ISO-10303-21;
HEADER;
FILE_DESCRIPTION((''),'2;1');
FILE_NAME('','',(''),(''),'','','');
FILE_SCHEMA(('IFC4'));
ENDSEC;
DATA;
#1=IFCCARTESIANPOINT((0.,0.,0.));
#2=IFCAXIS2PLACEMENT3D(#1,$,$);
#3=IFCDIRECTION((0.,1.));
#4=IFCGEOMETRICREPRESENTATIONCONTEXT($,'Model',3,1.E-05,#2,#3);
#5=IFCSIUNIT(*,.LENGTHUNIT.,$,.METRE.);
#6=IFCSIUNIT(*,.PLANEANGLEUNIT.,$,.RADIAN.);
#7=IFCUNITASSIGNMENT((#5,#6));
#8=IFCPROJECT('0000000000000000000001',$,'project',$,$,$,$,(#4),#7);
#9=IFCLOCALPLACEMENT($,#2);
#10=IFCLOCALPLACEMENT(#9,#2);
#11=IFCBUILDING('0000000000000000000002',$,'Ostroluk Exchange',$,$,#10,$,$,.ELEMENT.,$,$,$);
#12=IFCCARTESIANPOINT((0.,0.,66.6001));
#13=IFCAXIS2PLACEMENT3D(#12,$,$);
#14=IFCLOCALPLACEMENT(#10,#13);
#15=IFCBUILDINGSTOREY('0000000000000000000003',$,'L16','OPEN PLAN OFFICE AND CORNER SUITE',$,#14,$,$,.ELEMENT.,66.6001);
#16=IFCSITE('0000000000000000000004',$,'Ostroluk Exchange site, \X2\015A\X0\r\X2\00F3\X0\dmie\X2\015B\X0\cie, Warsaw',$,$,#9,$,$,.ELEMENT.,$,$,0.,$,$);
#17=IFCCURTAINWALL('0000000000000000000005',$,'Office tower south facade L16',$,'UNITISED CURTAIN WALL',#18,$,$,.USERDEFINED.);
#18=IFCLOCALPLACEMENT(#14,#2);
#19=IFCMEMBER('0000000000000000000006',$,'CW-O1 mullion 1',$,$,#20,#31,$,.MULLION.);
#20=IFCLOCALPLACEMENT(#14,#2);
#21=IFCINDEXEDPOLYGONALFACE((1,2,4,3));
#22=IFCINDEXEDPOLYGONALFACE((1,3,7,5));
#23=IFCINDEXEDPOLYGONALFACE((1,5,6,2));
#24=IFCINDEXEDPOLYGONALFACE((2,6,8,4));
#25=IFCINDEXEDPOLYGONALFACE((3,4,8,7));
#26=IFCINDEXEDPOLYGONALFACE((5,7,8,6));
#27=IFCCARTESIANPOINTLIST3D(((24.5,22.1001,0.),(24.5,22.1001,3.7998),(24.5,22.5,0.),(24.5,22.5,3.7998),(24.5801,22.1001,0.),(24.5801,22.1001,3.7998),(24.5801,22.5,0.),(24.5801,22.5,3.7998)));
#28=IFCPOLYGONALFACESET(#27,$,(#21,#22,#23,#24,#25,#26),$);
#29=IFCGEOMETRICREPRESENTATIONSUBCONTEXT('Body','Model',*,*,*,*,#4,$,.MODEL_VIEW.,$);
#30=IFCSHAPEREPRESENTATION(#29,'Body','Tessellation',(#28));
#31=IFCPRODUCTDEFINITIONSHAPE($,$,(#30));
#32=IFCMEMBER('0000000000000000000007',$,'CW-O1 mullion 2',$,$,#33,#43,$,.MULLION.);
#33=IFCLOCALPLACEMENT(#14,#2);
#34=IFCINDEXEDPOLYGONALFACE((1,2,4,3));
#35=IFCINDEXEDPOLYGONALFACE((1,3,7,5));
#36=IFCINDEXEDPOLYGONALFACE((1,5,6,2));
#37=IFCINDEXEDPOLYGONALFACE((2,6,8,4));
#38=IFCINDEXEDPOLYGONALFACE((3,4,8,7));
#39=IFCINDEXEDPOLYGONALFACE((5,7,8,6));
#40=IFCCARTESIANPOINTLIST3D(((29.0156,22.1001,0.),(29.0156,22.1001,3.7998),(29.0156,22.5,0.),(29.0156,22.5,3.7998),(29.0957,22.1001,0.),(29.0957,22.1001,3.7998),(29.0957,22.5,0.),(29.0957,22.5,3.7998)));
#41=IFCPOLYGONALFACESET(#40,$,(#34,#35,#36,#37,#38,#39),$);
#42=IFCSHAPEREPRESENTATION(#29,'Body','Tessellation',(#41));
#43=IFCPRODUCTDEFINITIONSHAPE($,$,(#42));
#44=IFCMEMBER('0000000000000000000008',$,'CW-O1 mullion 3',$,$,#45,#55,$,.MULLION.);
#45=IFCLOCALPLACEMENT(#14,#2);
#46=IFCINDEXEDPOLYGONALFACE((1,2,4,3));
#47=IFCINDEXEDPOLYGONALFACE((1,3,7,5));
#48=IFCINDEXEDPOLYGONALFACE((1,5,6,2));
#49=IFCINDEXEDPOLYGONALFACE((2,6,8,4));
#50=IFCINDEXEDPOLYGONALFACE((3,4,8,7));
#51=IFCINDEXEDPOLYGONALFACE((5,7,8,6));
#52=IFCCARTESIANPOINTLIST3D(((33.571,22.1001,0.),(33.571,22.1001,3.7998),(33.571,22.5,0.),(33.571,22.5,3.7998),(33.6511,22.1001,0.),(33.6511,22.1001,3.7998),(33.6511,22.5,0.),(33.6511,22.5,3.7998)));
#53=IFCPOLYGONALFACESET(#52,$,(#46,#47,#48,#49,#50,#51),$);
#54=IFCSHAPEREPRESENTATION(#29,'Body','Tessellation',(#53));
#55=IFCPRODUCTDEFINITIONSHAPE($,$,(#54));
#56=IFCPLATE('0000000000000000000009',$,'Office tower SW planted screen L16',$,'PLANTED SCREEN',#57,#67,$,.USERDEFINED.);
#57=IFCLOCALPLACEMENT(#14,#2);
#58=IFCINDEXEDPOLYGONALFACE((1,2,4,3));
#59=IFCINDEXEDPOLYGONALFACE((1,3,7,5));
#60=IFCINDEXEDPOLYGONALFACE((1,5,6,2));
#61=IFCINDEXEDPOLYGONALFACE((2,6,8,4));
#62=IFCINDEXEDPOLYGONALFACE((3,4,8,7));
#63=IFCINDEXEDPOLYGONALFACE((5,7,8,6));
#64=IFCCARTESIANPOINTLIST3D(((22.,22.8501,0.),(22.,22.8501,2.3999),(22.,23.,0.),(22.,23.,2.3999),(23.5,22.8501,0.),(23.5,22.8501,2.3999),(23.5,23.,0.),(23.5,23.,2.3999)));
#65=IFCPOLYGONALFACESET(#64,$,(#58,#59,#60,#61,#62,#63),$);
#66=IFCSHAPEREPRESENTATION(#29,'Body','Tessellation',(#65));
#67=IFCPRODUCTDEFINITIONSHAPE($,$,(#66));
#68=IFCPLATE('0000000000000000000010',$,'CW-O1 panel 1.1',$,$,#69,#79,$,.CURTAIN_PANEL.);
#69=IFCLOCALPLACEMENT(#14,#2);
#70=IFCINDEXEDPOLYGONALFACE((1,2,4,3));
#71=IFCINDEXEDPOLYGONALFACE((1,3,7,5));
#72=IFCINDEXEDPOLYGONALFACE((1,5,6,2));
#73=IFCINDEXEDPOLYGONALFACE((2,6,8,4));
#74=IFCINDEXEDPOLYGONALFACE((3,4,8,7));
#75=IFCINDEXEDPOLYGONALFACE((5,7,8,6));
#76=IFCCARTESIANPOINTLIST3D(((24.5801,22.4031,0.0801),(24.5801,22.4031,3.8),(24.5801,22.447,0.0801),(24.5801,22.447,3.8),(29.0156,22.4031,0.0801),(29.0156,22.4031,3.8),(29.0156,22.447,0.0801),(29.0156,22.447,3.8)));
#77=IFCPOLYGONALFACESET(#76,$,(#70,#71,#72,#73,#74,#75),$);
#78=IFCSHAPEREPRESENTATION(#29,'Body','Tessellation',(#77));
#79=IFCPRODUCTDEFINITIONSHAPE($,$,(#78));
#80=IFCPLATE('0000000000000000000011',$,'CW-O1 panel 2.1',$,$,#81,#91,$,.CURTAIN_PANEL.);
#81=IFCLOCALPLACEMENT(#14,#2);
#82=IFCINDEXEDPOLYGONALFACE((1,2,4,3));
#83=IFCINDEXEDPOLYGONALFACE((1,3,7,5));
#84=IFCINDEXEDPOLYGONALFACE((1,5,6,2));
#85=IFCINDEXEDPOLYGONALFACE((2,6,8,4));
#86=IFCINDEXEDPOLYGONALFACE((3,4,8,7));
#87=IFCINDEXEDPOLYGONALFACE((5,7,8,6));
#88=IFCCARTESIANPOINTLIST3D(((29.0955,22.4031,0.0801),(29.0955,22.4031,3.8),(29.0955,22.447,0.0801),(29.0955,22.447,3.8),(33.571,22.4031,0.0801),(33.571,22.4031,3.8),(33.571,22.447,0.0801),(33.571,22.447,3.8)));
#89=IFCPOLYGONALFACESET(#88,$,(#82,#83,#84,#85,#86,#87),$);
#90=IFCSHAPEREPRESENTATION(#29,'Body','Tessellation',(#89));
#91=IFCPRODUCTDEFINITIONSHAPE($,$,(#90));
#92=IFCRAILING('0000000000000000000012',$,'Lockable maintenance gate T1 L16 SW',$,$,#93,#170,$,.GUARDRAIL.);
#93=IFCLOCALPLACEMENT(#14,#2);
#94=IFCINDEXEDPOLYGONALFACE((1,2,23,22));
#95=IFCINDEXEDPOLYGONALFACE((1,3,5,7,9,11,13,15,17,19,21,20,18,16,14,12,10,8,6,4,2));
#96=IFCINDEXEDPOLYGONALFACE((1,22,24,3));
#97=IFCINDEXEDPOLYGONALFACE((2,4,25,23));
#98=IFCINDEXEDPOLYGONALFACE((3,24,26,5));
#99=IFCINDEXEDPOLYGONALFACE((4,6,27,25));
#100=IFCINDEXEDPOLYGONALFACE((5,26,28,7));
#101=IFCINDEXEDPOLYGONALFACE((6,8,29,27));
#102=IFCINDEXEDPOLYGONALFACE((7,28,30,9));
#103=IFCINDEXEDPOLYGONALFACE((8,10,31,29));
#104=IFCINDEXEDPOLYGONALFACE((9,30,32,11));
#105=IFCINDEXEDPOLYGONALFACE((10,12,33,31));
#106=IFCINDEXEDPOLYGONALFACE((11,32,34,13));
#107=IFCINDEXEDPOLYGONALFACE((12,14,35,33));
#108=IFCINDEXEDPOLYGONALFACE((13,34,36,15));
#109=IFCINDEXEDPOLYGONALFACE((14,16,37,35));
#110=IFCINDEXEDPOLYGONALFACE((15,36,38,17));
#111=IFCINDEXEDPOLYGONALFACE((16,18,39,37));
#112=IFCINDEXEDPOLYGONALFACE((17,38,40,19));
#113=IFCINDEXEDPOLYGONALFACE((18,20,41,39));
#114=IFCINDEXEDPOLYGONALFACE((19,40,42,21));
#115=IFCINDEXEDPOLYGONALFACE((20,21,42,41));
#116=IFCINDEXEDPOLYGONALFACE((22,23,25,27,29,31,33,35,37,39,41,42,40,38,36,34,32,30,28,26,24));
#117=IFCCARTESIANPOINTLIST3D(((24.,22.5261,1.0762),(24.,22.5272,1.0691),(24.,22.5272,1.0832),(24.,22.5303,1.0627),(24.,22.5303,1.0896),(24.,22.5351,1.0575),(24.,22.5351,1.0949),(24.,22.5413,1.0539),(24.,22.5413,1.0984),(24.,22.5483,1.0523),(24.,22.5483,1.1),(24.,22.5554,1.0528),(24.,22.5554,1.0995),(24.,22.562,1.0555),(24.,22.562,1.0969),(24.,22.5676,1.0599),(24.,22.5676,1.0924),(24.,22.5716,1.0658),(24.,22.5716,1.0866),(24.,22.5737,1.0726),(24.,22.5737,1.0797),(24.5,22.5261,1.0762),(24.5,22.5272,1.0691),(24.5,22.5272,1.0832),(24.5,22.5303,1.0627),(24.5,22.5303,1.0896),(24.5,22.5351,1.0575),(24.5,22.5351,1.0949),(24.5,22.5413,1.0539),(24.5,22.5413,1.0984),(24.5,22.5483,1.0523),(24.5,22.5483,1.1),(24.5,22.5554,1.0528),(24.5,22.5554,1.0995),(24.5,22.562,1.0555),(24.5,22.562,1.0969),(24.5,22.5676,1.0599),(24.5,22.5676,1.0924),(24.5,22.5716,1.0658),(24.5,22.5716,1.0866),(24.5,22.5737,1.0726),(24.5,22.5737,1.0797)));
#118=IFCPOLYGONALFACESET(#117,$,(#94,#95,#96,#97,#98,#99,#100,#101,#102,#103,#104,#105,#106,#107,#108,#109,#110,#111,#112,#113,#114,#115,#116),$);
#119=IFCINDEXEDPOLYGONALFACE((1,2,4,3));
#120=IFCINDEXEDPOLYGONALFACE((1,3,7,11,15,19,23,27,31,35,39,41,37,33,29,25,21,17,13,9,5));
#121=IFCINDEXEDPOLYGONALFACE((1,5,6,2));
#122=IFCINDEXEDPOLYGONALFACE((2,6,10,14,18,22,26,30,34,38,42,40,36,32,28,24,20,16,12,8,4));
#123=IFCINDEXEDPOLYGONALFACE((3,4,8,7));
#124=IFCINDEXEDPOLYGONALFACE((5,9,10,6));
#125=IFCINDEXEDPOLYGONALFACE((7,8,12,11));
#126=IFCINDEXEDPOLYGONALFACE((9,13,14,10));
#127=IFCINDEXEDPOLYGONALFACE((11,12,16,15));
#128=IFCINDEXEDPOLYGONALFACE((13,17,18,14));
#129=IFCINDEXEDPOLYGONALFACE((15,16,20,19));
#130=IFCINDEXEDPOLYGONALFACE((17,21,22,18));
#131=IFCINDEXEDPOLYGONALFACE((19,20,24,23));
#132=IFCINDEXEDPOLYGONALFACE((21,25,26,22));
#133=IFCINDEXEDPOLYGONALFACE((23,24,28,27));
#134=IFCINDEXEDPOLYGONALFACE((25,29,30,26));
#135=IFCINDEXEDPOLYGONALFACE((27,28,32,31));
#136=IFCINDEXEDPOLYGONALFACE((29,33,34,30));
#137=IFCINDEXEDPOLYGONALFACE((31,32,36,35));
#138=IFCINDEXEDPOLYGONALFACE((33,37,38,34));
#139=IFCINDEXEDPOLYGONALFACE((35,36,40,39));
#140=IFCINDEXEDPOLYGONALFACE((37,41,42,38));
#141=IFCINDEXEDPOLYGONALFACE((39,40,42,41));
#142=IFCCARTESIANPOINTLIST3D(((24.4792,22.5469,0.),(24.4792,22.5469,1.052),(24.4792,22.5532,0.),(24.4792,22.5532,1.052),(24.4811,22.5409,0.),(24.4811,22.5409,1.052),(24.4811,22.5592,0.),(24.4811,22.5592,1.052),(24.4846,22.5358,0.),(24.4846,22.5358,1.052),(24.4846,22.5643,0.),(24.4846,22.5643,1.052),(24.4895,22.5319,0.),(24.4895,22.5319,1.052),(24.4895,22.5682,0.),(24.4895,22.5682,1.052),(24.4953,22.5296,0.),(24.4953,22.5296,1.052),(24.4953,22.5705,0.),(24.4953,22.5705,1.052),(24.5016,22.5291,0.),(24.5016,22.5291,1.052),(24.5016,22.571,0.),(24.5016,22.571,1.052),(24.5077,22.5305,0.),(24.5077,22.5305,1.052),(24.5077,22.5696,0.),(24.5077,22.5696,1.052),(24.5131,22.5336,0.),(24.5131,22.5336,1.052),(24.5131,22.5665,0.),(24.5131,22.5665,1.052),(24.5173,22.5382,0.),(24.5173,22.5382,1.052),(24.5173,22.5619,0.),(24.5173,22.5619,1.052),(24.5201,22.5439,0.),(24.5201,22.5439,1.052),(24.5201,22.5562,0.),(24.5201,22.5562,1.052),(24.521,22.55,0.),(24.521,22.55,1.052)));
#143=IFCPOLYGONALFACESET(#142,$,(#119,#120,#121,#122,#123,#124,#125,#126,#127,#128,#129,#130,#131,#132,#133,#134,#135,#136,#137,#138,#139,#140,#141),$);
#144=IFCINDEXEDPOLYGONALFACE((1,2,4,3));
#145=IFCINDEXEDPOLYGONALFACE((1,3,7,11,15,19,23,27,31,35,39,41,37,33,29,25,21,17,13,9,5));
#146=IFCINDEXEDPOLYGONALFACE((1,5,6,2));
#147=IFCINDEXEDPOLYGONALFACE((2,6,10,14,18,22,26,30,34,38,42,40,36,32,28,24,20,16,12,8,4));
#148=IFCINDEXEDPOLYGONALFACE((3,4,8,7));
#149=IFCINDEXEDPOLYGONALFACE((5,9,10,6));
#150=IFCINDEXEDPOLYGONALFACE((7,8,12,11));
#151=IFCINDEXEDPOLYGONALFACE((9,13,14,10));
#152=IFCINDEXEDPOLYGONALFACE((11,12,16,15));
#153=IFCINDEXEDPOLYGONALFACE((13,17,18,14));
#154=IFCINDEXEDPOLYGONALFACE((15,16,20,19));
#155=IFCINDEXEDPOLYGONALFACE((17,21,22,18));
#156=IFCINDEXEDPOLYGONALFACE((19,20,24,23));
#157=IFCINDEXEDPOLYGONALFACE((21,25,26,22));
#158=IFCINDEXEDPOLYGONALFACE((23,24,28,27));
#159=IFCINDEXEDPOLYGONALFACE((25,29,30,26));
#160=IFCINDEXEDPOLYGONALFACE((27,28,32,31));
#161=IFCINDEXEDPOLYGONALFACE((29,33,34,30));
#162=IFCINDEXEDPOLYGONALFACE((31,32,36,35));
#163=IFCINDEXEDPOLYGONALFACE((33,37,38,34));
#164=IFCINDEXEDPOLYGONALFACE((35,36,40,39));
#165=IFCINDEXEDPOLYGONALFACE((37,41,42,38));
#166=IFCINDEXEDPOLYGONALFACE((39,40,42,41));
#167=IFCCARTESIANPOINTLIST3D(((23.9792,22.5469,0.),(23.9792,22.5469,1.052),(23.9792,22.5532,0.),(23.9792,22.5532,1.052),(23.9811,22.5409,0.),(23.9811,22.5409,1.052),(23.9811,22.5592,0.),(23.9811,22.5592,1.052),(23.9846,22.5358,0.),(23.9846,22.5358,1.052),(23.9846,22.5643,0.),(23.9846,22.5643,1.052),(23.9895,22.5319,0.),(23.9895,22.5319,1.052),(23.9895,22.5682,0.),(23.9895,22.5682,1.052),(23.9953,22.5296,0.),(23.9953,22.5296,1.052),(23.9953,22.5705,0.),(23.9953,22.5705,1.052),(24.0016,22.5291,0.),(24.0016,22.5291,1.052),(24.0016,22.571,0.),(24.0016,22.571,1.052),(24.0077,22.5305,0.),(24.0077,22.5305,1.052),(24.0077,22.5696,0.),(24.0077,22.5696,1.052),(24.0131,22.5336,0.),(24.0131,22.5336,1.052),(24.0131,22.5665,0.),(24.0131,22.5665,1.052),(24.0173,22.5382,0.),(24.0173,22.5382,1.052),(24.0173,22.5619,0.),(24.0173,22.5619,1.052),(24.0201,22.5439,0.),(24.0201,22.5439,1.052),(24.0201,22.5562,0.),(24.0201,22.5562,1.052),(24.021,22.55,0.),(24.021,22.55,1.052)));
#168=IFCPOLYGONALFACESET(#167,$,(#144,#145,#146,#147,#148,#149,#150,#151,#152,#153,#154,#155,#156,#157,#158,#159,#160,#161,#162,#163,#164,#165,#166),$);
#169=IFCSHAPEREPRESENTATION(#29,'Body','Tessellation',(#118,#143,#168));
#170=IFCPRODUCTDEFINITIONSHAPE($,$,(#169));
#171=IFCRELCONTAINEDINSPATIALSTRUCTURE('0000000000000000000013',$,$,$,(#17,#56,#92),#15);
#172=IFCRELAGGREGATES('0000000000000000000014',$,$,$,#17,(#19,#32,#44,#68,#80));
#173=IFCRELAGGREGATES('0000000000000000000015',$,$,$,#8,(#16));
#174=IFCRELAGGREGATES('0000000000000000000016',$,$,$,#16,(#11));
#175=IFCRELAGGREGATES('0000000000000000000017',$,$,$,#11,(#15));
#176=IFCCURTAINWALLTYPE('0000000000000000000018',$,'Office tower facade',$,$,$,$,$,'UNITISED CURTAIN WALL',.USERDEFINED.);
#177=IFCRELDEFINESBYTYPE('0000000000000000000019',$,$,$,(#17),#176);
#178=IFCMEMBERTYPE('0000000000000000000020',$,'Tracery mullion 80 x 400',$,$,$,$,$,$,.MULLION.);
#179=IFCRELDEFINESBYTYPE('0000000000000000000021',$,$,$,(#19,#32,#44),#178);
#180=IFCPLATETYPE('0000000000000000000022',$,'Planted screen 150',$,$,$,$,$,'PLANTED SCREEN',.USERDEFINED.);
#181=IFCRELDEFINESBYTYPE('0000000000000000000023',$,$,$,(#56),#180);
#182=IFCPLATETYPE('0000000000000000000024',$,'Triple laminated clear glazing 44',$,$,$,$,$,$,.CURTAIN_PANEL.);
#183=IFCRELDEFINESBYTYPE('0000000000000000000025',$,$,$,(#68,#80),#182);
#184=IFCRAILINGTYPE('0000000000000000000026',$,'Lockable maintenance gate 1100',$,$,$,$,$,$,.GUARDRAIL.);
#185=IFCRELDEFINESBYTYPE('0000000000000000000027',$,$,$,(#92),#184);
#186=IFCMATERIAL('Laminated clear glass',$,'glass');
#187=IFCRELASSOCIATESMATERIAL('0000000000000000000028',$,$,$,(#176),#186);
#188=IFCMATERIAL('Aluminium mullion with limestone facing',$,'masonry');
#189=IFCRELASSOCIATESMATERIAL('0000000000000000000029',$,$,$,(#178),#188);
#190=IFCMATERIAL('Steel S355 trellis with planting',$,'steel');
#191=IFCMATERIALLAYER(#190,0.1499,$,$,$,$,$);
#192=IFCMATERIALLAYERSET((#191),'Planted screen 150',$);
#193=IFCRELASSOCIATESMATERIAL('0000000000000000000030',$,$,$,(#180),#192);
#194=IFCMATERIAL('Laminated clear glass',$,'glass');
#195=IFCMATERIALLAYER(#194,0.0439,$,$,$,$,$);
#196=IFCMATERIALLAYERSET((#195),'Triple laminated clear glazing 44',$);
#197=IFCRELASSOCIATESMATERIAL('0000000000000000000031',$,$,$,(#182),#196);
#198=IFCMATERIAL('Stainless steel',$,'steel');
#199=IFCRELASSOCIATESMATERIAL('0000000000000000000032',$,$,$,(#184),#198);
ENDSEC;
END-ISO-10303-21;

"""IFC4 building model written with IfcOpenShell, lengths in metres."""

from ifc_helpers import new_model, si_unit, direction, frame, origin, origin_2d, place, context, subcontext, project, spatial, rectangle, circle, extrude, material, layer, layer_set, material_profile, profile_set, type_object, element, aggregate, save


model = new_model("IFC4")

# Units and contexts
model_context = context("Model", 3, precision=1e-05, world=origin(), true_north=direction((0.0, 1.0)))
body_context = subcontext(model_context, "Body", "Model", "MODEL_VIEW")
ifc_project = project(units=[si_unit("LENGTHUNIT", "METRE"), si_unit("PLANEANGLEUNIT", "RADIAN")], contexts=[model_context])

# Site, building, storey
site_placement = place(None, origin())
site = spatial("IfcSite", under=ifc_project, at=site_placement, Name="Ostroluk Exchange site, Śródmieście, Warsaw", CompositionType="ELEMENT", RefElevation=0.0)
building_placement = place(site_placement, origin())
building = spatial("IfcBuilding", under=site, at=building_placement, Name="Ostroluk Exchange", CompositionType="ELEMENT")
storey_placement = place(building_placement, frame((0.0, 0.0, 66.6001)))
storey = spatial("IfcBuildingStorey", under=building, at=storey_placement, Name="L16", Description="OPEN PLAN OFFICE AND CORNER SUITE", CompositionType="ELEMENT", Elevation=66.6001)

# Curtain wall, members
ifc_material_1 = material(Name="Laminated clear glass", Category="glass")
curtain_wall_type = type_object("IfcCurtainWallType", Name="Office tower facade", ElementType="UNITISED CURTAIN WALL", PredefinedType="USERDEFINED", material=ifc_material_1)
curtain_wall_placement = place(storey_placement, origin())
curtain_wall = element("IfcCurtainWall", 1, at=curtain_wall_placement, inside=storey, type_object=curtain_wall_type, Name="Office tower south facade L16", ObjectType="UNITISED CURTAIN WALL", PredefinedType="USERDEFINED")
ifc_material_2 = material(Name="Aluminium mullion with limestone facing", Category="masonry")
ifc_material_profile_1 = material_profile(ifc_material_2, rectangle(XDim=0.3999, YDim=0.0801, at=origin_2d()), Name="Tracery mullion 80 x 400")
ifc_profile_set_1 = profile_set([ifc_material_profile_1], Name="Aluminium mullion with limestone facing")
member_type_1 = type_object("IfcMemberType", Name="Tracery mullion 80 x 400", PredefinedType="MULLION", material=ifc_profile_set_1)
member_1_placement = place(storey_placement, frame((24.54, 22.3, 0.0), z_axis=(0.0, 0.0, 1.0), x_axis=(0.0, 1.0, 0.0)))
member_1 = element("IfcMember", 2, at=member_1_placement, type_object=member_type_1, Name="CW-O1 mullion 1", PredefinedType="MULLION", context=body_context, shape_type="SweptSolid", body=[
    extrude(rectangle(XDim=0.3999, YDim=0.0801, at=origin_2d()), origin(), (0.0, 0.0, 1.0), 3.7998),
])
member_2_placement = place(storey_placement, frame((29.0557, 22.3, 0.0), z_axis=(0.0, 0.0, 1.0), x_axis=(0.0, 1.0, 0.0)))
member_2 = element("IfcMember", 3, at=member_2_placement, type_object=member_type_1, Name="CW-O1 mullion 2", PredefinedType="MULLION", context=body_context, shape_type="SweptSolid", body=[
    extrude(rectangle(XDim=0.3999, YDim=0.0801, at=origin_2d()), origin(), (0.0, 0.0, 1.0), 3.7998),
])
member_3_placement = place(storey_placement, frame((33.6111, 22.3, 0.0), z_axis=(0.0, 0.0, 1.0), x_axis=(0.0, 1.0, 0.0)))
member_3 = element("IfcMember", 4, at=member_3_placement, type_object=member_type_1, Name="CW-O1 mullion 3", PredefinedType="MULLION", context=body_context, shape_type="SweptSolid", body=[
    extrude(rectangle(XDim=0.3999, YDim=0.0801, at=origin_2d()), origin(), (0.0, 0.0, 1.0), 3.7998),
])

# Plates
ifc_material_3 = material(Name="Steel S355 trellis with planting", Category="steel")
ifc_layer_1 = layer(ifc_material_3, 0.1499)
ifc_layer_set_1 = layer_set([ifc_layer_1], Name="Planted screen 150")
plate_type_1 = type_object("IfcPlateType", Name="Planted screen 150", ElementType="PLANTED SCREEN", PredefinedType="USERDEFINED", material=ifc_layer_set_1)
plate_1_placement = place(storey_placement, frame((22.75, 22.925, 0.0), z_axis=(0.0, 0.0, 1.0), x_axis=(1.0, 0.0, 0.0)))
element("IfcPlate", 5, at=plate_1_placement, inside=storey, type_object=plate_type_1, Name="Office tower SW planted screen L16", ObjectType="PLANTED SCREEN", PredefinedType="USERDEFINED", context=body_context, shape_type="SweptSolid", body=[
    extrude(rectangle(XDim=1.5, YDim=0.1499, at=origin_2d()), origin(), (0.0, 0.0, 1.0), 2.3999),
])
ifc_material_4 = material(Name="Laminated clear glass", Category="glass")
ifc_layer_2 = layer(ifc_material_4, 0.0439)
ifc_layer_set_2 = layer_set([ifc_layer_2], Name="Triple laminated clear glazing 44")
plate_type_2 = type_object("IfcPlateType", Name="Triple laminated clear glazing 44", PredefinedType="CURTAIN_PANEL", material=ifc_layer_set_2)
plate_2_placement = place(storey_placement, frame((26.7979, 22.425, 0.0801), z_axis=(0.0, 0.0, 1.0), x_axis=(1.0, 0.0, 0.0)))
plate_2 = element("IfcPlate", 6, at=plate_2_placement, type_object=plate_type_2, Name="CW-O1 panel 1.1", PredefinedType="CURTAIN_PANEL", context=body_context, shape_type="SweptSolid", body=[
    extrude(rectangle(XDim=4.4355, YDim=0.0439, at=origin_2d()), origin(), (0.0, 0.0, 1.0), 3.72),
])
plate_3_placement = place(storey_placement, frame((31.3333, 22.425, 0.0801), z_axis=(0.0, 0.0, 1.0), x_axis=(1.0, 0.0, 0.0)))
plate_3 = element("IfcPlate", 7, at=plate_3_placement, type_object=plate_type_2, Name="CW-O1 panel 2.1", PredefinedType="CURTAIN_PANEL", context=body_context, shape_type="SweptSolid", body=[
    extrude(rectangle(XDim=4.4756, YDim=0.0439, at=origin_2d()), origin(), (0.0, 0.0, 1.0), 3.72),
])
aggregate(curtain_wall, [member_1, member_2, member_3, plate_2, plate_3])

# Railing
ifc_material_5 = material(Name="Stainless steel", Category="steel")
railing_type_1 = type_object("IfcRailingType", Name="Lockable maintenance gate 1100", PredefinedType="GUARDRAIL", material=ifc_material_5)
railing_1_placement = place(storey_placement, frame((24.5, 22.55, 0.0)))
element("IfcRailing", 8, at=railing_1_placement, inside=storey, type_object=railing_type_1, Name="Lockable maintenance gate T1 L16 SW", PredefinedType="GUARDRAIL", context=body_context, shape_type="SweptSolid", body=[
    extrude(circle(Radius=0.0239, at=origin_2d()), frame((0.0, 0.0, 1.0762), z_axis=(-1.0, 0.0, 0.0), x_axis=(0.0, -1.0, 0.0)), (0.0, 0.0, 1.0), 0.5),
    extrude(circle(Radius=0.021, at=origin_2d()), origin(), (0.0, 0.0, 1.0), 1.052),
    extrude(circle(Radius=0.021, at=origin_2d()), frame((-0.5, 0.0, 0.0)), (0.0, 0.0, 1.0), 1.052),
])

save(model, "model.ifc")
